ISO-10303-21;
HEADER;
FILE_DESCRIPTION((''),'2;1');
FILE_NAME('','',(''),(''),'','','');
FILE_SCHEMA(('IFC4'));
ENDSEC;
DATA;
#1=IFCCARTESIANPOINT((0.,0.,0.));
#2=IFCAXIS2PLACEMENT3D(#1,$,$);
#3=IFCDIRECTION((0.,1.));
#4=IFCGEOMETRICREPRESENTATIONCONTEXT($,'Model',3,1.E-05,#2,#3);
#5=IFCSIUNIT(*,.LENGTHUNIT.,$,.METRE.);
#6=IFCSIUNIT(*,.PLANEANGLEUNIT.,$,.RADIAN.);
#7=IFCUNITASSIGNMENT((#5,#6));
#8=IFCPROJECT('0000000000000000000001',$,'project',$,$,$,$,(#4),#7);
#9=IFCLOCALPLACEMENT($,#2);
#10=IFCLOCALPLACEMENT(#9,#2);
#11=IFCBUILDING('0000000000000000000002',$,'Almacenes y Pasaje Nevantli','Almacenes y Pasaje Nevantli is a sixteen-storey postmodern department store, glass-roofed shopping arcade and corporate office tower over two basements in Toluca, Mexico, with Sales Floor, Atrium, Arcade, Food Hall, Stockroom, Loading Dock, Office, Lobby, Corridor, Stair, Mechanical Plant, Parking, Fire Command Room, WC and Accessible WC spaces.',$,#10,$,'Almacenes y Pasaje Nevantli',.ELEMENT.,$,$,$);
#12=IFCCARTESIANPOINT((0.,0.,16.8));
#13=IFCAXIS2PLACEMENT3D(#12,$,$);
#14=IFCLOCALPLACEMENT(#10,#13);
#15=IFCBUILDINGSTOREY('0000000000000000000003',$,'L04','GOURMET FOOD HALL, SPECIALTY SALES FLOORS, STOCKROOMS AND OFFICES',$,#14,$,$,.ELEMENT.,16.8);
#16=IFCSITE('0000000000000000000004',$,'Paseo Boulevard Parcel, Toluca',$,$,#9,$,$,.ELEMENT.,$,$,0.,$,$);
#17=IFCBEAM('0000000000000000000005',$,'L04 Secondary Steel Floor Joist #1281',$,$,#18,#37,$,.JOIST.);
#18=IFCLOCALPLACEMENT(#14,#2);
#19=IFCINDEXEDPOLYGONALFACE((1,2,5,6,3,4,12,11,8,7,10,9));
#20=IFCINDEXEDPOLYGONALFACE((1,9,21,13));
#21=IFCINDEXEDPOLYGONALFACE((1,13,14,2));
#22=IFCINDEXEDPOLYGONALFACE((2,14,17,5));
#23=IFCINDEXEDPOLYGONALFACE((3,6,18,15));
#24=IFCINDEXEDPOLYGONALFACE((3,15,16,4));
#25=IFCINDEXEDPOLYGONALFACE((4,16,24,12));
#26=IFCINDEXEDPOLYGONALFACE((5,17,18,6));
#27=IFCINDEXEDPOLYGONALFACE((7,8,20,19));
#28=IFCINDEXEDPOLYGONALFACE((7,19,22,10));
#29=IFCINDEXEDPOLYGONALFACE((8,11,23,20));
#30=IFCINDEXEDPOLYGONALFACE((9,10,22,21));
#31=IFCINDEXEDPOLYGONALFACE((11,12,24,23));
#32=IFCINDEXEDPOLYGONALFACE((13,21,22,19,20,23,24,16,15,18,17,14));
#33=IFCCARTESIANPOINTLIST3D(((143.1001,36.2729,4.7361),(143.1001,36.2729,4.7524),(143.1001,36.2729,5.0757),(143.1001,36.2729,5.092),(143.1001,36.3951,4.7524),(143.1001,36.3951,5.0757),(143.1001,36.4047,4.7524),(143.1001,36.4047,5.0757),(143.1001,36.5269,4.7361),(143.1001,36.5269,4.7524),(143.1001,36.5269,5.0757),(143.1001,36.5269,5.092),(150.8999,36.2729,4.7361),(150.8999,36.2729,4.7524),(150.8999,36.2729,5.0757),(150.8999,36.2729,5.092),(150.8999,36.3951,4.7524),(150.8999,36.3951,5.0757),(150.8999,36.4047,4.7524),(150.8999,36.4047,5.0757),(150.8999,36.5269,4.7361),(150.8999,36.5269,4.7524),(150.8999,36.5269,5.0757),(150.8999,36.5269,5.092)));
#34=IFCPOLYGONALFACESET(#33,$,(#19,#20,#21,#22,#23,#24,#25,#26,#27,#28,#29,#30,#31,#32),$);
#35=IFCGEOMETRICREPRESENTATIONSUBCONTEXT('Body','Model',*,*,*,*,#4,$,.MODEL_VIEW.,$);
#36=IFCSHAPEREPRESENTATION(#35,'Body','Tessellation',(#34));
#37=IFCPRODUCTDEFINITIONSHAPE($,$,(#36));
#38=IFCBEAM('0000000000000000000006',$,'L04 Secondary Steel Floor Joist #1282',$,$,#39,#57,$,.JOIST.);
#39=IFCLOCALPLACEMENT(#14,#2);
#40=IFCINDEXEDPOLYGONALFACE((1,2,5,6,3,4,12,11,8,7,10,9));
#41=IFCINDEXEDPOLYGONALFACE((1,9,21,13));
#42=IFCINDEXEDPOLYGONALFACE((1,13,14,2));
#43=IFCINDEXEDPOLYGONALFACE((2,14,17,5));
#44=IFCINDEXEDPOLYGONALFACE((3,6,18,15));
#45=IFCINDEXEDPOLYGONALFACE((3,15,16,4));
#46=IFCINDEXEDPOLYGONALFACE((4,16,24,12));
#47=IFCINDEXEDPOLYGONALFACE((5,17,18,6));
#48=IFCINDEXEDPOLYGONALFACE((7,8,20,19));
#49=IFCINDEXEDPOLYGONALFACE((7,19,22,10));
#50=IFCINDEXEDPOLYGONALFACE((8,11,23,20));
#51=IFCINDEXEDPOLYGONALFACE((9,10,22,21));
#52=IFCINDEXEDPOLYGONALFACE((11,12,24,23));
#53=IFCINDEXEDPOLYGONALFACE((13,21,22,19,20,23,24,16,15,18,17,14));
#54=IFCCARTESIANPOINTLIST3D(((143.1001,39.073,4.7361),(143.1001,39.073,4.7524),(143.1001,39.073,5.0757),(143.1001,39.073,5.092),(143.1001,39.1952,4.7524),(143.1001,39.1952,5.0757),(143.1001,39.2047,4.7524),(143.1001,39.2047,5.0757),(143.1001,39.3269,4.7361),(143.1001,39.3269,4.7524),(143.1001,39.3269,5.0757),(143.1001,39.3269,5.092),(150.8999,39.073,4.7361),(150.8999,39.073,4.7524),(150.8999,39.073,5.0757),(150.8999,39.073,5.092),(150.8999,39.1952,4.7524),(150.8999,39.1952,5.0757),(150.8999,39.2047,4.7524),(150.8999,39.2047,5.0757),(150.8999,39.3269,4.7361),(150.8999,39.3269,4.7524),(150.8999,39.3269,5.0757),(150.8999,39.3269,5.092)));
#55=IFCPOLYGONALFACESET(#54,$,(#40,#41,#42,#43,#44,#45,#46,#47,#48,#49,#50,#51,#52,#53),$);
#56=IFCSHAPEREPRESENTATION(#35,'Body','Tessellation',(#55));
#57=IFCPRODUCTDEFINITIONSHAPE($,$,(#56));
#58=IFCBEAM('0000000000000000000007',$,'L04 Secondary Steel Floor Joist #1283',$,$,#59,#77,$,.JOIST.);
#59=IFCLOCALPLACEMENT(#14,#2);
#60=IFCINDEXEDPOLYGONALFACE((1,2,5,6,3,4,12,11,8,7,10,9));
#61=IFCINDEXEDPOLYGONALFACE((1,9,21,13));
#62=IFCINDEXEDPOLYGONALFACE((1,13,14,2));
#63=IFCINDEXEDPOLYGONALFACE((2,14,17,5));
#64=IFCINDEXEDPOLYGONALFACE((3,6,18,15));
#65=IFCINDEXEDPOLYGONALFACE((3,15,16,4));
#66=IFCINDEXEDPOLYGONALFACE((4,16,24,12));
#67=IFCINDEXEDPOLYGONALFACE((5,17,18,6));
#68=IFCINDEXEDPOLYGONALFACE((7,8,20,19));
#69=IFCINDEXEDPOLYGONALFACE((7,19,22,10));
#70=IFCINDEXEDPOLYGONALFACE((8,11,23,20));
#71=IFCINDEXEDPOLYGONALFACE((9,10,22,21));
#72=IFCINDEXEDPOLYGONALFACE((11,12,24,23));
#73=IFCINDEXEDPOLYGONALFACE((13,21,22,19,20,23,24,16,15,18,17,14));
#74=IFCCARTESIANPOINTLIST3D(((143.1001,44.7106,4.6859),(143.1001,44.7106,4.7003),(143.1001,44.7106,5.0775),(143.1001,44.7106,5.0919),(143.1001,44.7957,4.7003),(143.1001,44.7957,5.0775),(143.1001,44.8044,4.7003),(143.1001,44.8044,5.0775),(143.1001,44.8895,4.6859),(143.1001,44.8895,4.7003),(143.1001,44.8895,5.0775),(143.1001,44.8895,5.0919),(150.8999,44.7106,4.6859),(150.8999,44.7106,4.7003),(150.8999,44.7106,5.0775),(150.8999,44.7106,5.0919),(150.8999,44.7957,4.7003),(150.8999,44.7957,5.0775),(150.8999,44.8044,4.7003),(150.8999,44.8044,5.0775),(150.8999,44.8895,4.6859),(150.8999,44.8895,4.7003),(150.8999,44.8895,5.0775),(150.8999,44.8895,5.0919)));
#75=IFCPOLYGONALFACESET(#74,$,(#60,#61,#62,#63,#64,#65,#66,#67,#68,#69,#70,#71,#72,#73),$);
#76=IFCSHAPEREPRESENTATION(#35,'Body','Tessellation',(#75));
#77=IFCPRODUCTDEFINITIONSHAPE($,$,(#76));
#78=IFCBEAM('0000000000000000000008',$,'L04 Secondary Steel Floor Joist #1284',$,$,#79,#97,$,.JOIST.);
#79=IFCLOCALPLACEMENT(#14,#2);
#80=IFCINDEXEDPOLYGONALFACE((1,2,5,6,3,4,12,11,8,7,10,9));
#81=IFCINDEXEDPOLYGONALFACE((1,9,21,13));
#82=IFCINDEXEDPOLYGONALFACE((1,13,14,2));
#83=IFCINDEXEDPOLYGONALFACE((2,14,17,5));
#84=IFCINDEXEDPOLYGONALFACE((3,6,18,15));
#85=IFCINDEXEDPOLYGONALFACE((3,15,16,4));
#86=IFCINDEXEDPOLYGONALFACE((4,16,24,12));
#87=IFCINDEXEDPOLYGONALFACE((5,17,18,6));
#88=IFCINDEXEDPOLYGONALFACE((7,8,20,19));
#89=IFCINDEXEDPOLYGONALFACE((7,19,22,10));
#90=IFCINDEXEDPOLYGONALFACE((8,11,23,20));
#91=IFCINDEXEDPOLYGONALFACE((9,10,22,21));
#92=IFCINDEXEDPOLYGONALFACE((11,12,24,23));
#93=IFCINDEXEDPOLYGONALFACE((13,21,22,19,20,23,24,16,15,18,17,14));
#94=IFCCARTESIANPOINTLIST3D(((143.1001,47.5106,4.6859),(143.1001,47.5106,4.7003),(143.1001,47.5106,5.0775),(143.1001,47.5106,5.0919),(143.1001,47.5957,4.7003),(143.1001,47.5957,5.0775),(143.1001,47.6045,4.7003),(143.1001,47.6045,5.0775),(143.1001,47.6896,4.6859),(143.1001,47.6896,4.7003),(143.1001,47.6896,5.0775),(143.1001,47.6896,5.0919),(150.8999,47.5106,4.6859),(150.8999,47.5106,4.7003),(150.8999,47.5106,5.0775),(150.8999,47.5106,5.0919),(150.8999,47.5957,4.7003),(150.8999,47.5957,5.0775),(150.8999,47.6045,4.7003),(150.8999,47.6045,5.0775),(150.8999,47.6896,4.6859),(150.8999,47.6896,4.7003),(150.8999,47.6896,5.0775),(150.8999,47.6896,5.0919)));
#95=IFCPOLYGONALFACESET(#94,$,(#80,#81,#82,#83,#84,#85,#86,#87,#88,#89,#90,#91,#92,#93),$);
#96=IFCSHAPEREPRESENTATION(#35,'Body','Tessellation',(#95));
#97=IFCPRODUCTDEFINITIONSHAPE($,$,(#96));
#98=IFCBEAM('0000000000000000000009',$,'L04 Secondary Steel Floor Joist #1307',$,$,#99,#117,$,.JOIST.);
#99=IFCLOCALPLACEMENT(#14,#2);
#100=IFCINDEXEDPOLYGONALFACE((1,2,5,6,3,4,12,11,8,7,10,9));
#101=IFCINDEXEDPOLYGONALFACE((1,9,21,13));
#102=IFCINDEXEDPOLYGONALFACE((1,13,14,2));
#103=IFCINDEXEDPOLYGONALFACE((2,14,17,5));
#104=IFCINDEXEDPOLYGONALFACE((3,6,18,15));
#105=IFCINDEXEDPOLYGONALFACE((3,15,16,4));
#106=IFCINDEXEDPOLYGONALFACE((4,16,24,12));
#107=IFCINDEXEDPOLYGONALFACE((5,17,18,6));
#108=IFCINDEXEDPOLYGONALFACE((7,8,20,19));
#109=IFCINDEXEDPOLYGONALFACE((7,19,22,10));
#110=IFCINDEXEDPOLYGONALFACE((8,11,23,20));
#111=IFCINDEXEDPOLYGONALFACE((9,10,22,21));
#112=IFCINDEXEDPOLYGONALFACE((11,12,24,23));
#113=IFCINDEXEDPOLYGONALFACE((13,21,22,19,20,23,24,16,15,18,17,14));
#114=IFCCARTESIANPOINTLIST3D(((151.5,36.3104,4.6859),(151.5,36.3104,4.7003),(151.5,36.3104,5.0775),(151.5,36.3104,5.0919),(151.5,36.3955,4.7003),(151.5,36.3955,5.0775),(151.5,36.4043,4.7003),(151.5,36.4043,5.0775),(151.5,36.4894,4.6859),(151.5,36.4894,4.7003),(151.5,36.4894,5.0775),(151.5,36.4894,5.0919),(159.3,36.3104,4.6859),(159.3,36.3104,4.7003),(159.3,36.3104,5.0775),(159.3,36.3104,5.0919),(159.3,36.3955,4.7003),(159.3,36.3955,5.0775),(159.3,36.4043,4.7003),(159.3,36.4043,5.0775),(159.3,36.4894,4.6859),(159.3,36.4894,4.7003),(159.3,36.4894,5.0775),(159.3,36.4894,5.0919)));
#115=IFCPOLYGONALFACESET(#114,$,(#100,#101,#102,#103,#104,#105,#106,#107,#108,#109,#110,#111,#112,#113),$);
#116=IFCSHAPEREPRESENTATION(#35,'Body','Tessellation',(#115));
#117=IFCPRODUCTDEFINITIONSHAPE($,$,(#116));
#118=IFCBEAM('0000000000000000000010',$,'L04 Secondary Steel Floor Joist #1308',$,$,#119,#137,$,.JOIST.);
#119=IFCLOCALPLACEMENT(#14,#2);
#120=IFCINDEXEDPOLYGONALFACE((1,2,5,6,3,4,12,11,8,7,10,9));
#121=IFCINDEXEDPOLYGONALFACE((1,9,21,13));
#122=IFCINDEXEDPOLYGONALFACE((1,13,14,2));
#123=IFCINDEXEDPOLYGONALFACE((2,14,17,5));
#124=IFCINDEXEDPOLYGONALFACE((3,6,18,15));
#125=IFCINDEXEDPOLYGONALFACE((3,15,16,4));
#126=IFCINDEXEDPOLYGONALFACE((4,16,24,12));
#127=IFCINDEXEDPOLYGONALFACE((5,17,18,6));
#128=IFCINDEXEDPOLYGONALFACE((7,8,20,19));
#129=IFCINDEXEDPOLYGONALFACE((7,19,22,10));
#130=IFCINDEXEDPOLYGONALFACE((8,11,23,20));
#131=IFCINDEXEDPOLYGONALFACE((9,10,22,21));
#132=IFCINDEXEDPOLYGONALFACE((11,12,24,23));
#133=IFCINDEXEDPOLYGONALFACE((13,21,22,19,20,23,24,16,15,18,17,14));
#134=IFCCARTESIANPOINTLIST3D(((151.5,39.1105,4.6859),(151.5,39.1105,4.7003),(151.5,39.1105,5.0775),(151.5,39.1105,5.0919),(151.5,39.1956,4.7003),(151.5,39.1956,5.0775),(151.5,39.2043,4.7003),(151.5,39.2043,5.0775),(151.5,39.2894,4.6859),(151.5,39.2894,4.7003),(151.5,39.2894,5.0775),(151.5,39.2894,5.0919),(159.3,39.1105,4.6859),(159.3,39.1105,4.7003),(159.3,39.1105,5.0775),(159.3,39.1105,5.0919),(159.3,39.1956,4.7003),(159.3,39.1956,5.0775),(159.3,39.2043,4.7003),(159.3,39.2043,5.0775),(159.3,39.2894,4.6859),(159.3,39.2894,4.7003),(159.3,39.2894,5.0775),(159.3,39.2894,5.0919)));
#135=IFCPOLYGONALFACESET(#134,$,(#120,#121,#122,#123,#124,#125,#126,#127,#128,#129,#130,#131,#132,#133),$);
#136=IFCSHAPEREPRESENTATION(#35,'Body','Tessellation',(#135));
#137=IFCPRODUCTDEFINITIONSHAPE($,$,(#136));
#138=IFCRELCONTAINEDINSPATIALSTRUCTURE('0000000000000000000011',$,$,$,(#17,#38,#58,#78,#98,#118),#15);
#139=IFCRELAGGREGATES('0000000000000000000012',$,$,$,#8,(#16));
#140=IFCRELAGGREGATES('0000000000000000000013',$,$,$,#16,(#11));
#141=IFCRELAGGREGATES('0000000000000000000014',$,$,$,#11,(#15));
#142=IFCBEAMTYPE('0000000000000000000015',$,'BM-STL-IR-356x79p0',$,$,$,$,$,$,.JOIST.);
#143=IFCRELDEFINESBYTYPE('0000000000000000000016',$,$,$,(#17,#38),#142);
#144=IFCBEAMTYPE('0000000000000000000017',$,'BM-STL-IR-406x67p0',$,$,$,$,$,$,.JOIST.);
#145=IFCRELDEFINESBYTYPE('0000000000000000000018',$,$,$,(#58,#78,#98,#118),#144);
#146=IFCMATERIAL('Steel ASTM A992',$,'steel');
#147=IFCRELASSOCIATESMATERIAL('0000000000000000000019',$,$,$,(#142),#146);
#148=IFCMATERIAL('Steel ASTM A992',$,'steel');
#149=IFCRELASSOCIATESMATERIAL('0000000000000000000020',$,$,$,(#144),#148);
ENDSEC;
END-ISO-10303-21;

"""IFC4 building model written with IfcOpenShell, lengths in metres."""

from ifc_helpers import new_model, si_unit, direction, frame, origin, origin_2d, place, context, subcontext, project, spatial, i_section, extrude, material, material_profile, profile_set, type_object, element, save


model = new_model("IFC4")

# Units and contexts
model_context = context("Model", 3, precision=1e-05, world=origin(), true_north=direction((0.0, 1.0)))
body_context = subcontext(model_context, "Body", "Model", "MODEL_VIEW")
ifc_project = project(units=[si_unit("LENGTHUNIT", "METRE"), si_unit("PLANEANGLEUNIT", "RADIAN")], contexts=[model_context])

# Site, building, storey
site_placement = place(None, origin())
site = spatial("IfcSite", under=ifc_project, at=site_placement, Name="Paseo Boulevard Parcel, Toluca", CompositionType="ELEMENT", RefElevation=0.0)
building_placement = place(site_placement, origin())
building = spatial("IfcBuilding", under=site, at=building_placement, Name="Almacenes y Pasaje Nevantli", Description="Almacenes y Pasaje Nevantli is a sixteen-storey postmodern department store, glass-roofed shopping arcade and corporate office tower over two basements in Toluca, Mexico, with Sales Floor, Atrium, Arcade, Food Hall, Stockroom, Loading Dock, Office, Lobby, Corridor, Stair, Mechanical Plant, Parking, Fire Command Room, WC and Accessible WC spaces.", LongName="Almacenes y Pasaje Nevantli", CompositionType="ELEMENT")
storey_placement = place(building_placement, frame((0.0, 0.0, 16.8)))
storey = spatial("IfcBuildingStorey", under=building, at=storey_placement, Name="L04", Description="GOURMET FOOD HALL, SPECIALTY SALES FLOORS, STOCKROOMS AND OFFICES", CompositionType="ELEMENT", Elevation=16.8)

# Beams
ifc_material_1 = material(Name="Steel ASTM A992", Category="steel")
ifc_material_profile_1 = material_profile(ifc_material_1, i_section(OverallWidth=0.2539, OverallDepth=0.356, WebThickness=0.0095, FlangeThickness=0.0164, at=origin_2d()), Name="IR 356x79.0")
ifc_profile_set_1 = profile_set([ifc_material_profile_1], Name="Steel ASTM A992")
beam_type_1 = type_object("IfcBeamType", Name="BM-STL-IR-356x79p0", PredefinedType="JOIST", material=ifc_profile_set_1)
for number, where, z_axis, x_axis, name in (
    (1, (143.1001, 36.3999, 4.9141), (1.0, 0.0, 0.0), (0.0, 1.0, 0.0), "L04 Secondary Steel Floor Joist #1281"),
    (2, (143.1001, 39.2, 4.9141), (1.0, 0.0, 0.0), (0.0, 1.0, 0.0), "L04 Secondary Steel Floor Joist #1282"),
):
    element("IfcBeam", number, at=place(storey_placement, frame(where, z_axis=z_axis, x_axis=x_axis)), inside=storey, type_object=beam_type_1, Name=name, PredefinedType="JOIST", context=body_context, shape_type="SweptSolid", body=[
        extrude(i_section(OverallWidth=0.2539, OverallDepth=0.356, WebThickness=0.0095, FlangeThickness=0.0164, at=origin_2d()), origin(), (0.0, 0.0, 1.0), 7.7998),
    ])
ifc_material_2 = material(Name="Steel ASTM A992", Category="steel")
ifc_material_profile_2 = material_profile(ifc_material_2, i_section(OverallWidth=0.179, OverallDepth=0.406, WebThickness=0.0088, FlangeThickness=0.0144, at=origin_2d()), Name="IR 406x67.0")
ifc_profile_set_2 = profile_set([ifc_material_profile_2], Name="Steel ASTM A992")
beam_type_2 = type_object("IfcBeamType", Name="BM-STL-IR-406x67p0", PredefinedType="JOIST", material=ifc_profile_set_2)
for number, where, z_axis, x_axis, name in (
    (3, (143.1001, 44.8, 4.8889), (1.0, 0.0, 0.0), (0.0, 1.0, 0.0), "L04 Secondary Steel Floor Joist #1283"),
    (4, (143.1001, 47.6001, 4.8889), (1.0, 0.0, 0.0), (0.0, 1.0, 0.0), "L04 Secondary Steel Floor Joist #1284"),
):
    element("IfcBeam", number, at=place(storey_placement, frame(where, z_axis=z_axis, x_axis=x_axis)), inside=storey, type_object=beam_type_2, Name=name, PredefinedType="JOIST", context=body_context, shape_type="SweptSolid", body=[
        extrude(i_section(OverallWidth=0.179, OverallDepth=0.406, WebThickness=0.0088, FlangeThickness=0.0144, at=origin_2d()), origin(), (0.0, 0.0, 1.0), 7.7998),
    ])
for number, where, z_axis, x_axis, name in (
    (5, (151.5, 36.3999, 4.8889), (1.0, 0.0, 0.0), (0.0, 1.0, 0.0), "L04 Secondary Steel Floor Joist #1307"),
    (6, (151.5, 39.2, 4.8889), (1.0, 0.0, 0.0), (0.0, 1.0, 0.0), "L04 Secondary Steel Floor Joist #1308"),
):
    element("IfcBeam", number, at=place(storey_placement, frame(where, z_axis=z_axis, x_axis=x_axis)), inside=storey, type_object=beam_type_2, Name=name, PredefinedType="JOIST", context=body_context, shape_type="SweptSolid", body=[
        extrude(i_section(OverallWidth=0.179, OverallDepth=0.406, WebThickness=0.0088, FlangeThickness=0.0144, at=origin_2d()), origin(), (0.0, 0.0, 1.0), 7.8),
    ])

save(model, "model.ifc")
